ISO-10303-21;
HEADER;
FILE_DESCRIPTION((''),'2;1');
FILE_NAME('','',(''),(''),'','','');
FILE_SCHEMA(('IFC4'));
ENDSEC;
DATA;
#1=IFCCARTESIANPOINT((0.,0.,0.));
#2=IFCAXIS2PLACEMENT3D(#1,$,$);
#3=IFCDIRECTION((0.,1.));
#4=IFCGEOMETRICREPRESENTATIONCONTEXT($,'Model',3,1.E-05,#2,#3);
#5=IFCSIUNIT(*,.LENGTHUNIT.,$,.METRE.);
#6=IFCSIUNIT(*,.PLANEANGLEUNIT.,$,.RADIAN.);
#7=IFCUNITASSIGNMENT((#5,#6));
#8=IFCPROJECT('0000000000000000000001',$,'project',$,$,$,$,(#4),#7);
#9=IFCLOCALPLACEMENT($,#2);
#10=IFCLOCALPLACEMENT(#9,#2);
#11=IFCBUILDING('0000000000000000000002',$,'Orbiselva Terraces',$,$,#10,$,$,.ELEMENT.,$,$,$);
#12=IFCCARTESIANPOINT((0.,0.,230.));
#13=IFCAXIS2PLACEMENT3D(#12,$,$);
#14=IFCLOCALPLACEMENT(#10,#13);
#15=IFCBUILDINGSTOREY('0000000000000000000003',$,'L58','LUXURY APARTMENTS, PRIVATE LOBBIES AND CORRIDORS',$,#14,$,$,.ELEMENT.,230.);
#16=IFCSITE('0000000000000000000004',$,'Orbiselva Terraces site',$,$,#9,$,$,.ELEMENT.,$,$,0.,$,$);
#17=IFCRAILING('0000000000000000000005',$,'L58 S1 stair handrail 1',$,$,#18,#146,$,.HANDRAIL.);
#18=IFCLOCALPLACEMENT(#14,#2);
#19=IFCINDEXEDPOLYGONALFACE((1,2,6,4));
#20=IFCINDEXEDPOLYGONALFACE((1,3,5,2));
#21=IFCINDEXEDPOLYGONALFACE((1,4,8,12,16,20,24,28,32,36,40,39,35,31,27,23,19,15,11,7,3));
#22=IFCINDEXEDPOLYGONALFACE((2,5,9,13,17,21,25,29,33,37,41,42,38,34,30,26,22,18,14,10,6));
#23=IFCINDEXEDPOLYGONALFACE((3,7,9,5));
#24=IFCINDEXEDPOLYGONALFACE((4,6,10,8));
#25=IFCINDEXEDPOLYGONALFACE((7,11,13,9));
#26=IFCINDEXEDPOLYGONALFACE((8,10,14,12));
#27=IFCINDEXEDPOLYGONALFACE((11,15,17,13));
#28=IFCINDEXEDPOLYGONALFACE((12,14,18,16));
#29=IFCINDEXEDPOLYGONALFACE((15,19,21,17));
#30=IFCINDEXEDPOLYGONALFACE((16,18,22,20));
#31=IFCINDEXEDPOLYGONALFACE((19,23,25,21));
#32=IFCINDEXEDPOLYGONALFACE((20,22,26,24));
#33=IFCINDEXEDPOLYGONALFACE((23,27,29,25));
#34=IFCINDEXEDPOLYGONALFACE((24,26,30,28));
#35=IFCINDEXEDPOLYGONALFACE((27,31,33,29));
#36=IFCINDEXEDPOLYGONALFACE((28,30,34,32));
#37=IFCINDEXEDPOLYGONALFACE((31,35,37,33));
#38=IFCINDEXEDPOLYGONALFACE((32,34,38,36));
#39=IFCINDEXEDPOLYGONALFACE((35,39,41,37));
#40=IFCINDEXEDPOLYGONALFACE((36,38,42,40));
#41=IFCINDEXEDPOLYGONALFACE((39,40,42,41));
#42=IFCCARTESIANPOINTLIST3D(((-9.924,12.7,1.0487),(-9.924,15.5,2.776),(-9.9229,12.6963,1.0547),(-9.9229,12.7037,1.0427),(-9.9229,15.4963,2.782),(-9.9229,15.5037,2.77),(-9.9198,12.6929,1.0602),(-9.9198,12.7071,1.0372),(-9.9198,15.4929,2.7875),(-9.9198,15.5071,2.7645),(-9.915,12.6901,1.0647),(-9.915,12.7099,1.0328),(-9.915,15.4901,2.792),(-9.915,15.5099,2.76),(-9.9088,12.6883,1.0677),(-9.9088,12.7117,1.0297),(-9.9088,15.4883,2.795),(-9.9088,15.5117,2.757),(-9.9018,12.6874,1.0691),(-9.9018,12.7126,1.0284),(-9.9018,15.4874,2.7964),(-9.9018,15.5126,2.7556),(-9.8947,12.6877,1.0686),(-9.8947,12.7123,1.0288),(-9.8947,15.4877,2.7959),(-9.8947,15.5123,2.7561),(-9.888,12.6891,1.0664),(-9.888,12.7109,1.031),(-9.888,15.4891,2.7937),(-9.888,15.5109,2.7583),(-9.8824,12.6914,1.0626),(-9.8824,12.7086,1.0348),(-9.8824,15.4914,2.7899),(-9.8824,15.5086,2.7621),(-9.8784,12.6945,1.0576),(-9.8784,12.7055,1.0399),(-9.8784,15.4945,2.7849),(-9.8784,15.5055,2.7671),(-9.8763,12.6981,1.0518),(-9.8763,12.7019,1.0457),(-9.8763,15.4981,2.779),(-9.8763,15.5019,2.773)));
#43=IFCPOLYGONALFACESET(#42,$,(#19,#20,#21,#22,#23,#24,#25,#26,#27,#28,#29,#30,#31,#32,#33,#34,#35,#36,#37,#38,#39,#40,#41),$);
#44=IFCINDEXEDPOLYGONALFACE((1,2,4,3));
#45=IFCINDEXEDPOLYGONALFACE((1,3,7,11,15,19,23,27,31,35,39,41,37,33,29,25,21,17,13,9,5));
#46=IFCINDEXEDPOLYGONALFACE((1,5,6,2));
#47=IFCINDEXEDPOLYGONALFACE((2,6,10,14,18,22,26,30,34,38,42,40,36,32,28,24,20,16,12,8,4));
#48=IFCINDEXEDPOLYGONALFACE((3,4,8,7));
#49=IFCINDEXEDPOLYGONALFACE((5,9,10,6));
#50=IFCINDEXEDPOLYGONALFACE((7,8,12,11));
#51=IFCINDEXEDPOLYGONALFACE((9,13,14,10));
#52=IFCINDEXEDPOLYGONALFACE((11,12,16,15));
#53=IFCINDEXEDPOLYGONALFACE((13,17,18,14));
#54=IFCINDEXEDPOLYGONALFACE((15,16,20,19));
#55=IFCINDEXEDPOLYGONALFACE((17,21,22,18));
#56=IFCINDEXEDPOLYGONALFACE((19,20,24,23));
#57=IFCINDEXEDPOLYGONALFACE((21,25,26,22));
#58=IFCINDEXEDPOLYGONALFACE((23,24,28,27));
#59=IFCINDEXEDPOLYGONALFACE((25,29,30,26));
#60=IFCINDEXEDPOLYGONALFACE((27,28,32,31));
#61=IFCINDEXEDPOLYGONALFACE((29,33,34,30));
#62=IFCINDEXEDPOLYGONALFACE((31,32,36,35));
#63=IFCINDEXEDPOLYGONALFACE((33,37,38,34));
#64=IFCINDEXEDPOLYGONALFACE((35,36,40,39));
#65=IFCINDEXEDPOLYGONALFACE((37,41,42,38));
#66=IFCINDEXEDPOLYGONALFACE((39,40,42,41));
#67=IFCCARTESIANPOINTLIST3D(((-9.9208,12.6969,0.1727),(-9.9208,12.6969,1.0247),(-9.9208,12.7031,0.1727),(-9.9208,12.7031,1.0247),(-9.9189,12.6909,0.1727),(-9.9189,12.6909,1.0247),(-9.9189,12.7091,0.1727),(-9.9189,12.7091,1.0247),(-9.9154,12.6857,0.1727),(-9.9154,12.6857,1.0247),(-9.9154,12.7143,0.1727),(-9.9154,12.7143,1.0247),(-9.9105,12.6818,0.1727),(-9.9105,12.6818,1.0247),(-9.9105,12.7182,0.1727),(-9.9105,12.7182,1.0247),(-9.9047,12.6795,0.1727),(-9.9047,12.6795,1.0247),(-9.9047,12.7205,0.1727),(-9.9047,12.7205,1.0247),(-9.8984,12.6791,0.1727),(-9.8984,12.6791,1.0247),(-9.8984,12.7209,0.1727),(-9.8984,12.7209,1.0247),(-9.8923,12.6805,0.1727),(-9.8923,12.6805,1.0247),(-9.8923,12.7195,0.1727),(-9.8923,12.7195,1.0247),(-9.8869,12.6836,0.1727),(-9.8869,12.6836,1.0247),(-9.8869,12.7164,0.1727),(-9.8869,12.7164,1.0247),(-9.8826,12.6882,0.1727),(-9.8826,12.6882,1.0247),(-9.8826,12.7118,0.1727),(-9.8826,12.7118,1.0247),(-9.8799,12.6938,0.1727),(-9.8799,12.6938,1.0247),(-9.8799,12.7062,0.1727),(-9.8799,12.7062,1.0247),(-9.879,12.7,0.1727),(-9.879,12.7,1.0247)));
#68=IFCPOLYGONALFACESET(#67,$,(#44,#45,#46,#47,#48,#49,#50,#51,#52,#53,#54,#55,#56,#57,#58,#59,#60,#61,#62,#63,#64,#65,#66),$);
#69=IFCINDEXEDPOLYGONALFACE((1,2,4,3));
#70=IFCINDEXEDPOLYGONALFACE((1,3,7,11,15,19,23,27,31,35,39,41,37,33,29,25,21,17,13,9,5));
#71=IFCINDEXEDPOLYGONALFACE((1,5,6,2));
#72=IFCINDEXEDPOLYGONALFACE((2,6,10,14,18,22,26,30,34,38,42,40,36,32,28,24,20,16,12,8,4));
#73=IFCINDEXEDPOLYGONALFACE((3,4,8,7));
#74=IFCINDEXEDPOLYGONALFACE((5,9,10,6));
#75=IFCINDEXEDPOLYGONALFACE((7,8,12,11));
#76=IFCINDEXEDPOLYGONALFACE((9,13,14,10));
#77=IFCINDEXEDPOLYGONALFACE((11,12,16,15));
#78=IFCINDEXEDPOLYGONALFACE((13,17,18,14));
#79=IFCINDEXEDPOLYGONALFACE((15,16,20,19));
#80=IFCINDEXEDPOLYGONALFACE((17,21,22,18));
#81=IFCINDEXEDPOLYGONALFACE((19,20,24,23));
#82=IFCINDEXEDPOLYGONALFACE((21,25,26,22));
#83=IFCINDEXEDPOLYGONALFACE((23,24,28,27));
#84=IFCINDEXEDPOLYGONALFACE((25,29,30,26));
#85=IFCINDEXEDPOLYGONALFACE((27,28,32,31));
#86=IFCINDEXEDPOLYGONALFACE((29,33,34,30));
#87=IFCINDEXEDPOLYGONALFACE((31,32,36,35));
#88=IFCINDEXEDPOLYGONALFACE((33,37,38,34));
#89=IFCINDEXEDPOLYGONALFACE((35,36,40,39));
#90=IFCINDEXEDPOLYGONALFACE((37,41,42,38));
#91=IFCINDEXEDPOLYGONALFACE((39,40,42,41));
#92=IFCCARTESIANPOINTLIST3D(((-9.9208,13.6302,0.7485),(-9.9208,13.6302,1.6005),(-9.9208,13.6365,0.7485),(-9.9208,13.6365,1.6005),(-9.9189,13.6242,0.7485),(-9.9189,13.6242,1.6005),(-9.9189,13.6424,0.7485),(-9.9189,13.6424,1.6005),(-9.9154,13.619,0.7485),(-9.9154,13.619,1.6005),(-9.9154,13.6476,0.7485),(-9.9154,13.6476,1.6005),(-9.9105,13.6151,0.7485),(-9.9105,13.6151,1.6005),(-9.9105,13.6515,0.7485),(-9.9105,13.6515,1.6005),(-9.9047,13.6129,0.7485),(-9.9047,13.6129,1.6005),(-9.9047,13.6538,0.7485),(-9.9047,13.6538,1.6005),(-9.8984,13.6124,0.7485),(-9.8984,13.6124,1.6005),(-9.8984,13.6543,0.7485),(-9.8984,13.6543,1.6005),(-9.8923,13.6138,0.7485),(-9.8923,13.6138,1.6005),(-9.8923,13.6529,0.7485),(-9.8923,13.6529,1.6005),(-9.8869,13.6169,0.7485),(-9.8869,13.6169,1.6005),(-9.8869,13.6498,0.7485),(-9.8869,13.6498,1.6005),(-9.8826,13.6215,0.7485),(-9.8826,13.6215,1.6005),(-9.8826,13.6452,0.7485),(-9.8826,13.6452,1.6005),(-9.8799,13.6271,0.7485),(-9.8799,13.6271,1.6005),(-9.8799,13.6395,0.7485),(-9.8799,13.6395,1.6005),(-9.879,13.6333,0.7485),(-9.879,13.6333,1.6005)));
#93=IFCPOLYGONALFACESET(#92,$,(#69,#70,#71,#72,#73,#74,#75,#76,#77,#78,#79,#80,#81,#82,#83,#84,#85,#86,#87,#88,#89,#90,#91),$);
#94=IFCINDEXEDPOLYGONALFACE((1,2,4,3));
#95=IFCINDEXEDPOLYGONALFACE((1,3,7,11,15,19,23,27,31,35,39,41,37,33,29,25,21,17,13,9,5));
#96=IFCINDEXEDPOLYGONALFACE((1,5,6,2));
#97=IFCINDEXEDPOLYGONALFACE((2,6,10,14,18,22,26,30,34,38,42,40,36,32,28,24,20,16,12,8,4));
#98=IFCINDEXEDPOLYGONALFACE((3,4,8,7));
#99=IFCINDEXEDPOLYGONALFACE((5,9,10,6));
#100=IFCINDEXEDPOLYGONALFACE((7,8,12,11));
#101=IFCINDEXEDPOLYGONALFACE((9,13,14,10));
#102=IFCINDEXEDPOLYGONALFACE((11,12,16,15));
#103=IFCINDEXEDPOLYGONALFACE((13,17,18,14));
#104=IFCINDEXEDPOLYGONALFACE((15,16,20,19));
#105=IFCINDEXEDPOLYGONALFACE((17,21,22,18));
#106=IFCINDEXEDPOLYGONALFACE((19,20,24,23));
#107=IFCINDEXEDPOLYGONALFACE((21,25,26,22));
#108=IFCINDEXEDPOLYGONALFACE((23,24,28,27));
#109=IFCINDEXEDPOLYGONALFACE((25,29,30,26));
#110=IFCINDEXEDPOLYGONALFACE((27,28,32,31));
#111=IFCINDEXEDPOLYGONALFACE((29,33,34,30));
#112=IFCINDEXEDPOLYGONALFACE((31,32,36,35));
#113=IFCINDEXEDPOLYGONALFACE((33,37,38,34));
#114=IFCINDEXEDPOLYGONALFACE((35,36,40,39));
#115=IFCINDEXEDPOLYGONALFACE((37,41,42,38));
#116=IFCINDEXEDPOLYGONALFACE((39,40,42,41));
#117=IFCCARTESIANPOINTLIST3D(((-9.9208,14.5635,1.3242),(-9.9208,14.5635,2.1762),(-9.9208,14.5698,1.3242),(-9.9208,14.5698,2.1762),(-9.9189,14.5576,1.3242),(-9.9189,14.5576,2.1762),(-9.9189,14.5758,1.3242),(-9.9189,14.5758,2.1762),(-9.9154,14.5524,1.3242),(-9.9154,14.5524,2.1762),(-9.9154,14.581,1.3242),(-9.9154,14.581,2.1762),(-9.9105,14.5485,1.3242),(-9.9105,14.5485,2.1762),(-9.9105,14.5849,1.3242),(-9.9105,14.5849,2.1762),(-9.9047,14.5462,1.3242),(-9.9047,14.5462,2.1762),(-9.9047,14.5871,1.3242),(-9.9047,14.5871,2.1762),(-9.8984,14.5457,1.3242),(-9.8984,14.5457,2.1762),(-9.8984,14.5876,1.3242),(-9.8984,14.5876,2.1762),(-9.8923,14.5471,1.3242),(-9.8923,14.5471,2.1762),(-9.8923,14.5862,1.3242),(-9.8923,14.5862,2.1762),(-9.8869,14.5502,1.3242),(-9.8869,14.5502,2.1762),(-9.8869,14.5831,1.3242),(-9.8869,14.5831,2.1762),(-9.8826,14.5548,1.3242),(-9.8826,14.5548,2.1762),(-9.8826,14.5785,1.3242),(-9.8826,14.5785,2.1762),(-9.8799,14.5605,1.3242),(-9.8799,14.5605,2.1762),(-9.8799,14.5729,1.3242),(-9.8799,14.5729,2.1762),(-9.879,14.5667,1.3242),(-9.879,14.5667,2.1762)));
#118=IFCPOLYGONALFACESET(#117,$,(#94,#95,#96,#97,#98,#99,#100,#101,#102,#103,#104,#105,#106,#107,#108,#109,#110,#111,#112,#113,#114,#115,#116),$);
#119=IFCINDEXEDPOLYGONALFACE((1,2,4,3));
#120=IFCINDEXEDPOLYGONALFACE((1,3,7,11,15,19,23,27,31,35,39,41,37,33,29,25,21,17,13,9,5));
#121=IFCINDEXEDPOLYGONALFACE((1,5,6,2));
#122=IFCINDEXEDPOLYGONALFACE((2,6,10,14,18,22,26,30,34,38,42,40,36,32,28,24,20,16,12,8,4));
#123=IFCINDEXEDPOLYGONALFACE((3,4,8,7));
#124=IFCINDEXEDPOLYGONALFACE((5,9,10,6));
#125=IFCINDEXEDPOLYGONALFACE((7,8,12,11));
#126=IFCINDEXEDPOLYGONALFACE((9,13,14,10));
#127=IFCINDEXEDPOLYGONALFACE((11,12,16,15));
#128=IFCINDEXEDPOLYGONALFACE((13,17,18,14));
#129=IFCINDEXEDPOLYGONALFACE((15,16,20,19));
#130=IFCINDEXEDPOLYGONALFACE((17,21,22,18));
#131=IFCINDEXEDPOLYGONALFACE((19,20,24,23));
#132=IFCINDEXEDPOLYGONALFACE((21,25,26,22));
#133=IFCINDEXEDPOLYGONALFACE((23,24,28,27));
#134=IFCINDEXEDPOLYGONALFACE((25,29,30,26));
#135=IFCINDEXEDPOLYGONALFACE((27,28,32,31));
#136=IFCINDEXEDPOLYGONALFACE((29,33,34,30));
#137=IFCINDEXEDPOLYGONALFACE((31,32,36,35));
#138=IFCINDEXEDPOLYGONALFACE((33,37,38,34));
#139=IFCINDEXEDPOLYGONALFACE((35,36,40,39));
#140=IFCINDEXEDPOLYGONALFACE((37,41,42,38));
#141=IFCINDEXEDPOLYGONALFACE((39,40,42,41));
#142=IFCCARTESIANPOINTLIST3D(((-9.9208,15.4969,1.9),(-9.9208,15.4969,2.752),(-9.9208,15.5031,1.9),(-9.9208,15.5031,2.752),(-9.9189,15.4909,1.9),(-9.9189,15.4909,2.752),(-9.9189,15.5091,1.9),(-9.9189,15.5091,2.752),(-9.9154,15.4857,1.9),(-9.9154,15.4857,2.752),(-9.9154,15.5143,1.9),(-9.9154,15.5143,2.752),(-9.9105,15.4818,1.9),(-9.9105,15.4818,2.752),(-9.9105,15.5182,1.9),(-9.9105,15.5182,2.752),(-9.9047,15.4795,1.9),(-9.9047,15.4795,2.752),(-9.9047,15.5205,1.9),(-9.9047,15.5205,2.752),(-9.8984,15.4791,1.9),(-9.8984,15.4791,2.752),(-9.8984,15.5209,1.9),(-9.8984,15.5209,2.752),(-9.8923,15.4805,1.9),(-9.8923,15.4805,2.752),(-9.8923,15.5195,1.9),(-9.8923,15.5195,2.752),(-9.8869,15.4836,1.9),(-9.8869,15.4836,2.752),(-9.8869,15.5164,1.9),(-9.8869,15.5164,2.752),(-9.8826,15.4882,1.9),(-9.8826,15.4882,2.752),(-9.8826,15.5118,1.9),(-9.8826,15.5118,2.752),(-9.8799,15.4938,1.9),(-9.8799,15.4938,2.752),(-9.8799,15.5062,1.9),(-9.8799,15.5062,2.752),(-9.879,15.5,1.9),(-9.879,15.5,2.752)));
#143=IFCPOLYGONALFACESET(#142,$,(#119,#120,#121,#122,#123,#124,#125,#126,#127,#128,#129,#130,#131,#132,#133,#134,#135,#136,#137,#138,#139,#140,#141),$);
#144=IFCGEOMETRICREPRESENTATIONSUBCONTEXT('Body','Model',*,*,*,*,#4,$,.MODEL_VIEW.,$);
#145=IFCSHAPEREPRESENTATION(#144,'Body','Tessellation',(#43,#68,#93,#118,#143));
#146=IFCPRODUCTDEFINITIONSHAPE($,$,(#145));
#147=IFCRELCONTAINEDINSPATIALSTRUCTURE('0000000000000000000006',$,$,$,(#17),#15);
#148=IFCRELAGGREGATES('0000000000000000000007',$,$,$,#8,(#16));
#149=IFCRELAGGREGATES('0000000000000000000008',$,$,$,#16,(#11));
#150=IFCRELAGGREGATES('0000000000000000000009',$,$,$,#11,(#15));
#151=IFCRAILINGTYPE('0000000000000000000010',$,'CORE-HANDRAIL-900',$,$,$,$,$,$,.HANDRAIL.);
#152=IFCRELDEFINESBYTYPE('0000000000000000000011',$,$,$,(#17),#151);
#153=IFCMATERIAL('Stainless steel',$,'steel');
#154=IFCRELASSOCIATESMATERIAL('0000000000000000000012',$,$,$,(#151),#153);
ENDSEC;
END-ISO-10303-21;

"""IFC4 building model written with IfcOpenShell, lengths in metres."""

from ifc_helpers import new_model, si_unit, direction, frame, origin, origin_2d, place, context, subcontext, project, spatial, circle, extrude, material, type_object, element, save


model = new_model("IFC4")

# Units and contexts
model_context = context("Model", 3, precision=1e-05, world=origin(), true_north=direction((0.0, 1.0)))
body_context = subcontext(model_context, "Body", "Model", "MODEL_VIEW")
ifc_project = project(units=[si_unit("LENGTHUNIT", "METRE"), si_unit("PLANEANGLEUNIT", "RADIAN")], contexts=[model_context])

# Site, building, storey
site_placement = place(None, origin())
site = spatial("IfcSite", under=ifc_project, at=site_placement, Name="Orbiselva Terraces site", CompositionType="ELEMENT", RefElevation=0.0)
building_placement = place(site_placement, origin())
building = spatial("IfcBuilding", under=site, at=building_placement, Name="Orbiselva Terraces", CompositionType="ELEMENT")
storey_placement = place(building_placement, frame((0.0, 0.0, 230.0)))
storey = spatial("IfcBuildingStorey", under=building, at=storey_placement, Name="L58", Description="LUXURY APARTMENTS, PRIVATE LOBBIES AND CORRIDORS", CompositionType="ELEMENT", Elevation=230.0)

# Railing
ifc_material_1 = material(Name="Stainless steel", Category="steel")
railing_type_1 = type_object("IfcRailingType", Name="CORE-HANDRAIL-900", PredefinedType="HANDRAIL", material=ifc_material_1)
railing_1_placement = place(storey_placement, frame((-9.9, 12.7, 0.1727)))
element("IfcRailing", 1, at=railing_1_placement, inside=storey, type_object=railing_type_1, Name="L58 S1 stair handrail 1", PredefinedType="HANDRAIL", context=body_context, shape_type="SweptSolid", body=[
    extrude(circle(Radius=0.024, at=origin_2d()), frame((0.0, 0.0, 0.876), z_axis=(0.0, 0.851089, 0.525022), x_axis=(-1.0, 0.0, 0.0)), (0.0, 0.0, 1.0), 3.2899),
    extrude(circle(Radius=0.021, at=origin_2d()), origin(), (0.0, 0.0, 1.0), 0.852),
    extrude(circle(Radius=0.021, at=origin_2d()), frame((0.0, 0.9333, 0.5758)), (0.0, 0.0, 1.0), 0.852),
    extrude(circle(Radius=0.021, at=origin_2d()), frame((0.0, 1.8667, 1.1515)), (0.0, 0.0, 1.0), 0.852),
    extrude(circle(Radius=0.021, at=origin_2d()), frame((0.0, 2.8, 1.7273)), (0.0, 0.0, 1.0), 0.852),
])

save(model, "model.ifc")
